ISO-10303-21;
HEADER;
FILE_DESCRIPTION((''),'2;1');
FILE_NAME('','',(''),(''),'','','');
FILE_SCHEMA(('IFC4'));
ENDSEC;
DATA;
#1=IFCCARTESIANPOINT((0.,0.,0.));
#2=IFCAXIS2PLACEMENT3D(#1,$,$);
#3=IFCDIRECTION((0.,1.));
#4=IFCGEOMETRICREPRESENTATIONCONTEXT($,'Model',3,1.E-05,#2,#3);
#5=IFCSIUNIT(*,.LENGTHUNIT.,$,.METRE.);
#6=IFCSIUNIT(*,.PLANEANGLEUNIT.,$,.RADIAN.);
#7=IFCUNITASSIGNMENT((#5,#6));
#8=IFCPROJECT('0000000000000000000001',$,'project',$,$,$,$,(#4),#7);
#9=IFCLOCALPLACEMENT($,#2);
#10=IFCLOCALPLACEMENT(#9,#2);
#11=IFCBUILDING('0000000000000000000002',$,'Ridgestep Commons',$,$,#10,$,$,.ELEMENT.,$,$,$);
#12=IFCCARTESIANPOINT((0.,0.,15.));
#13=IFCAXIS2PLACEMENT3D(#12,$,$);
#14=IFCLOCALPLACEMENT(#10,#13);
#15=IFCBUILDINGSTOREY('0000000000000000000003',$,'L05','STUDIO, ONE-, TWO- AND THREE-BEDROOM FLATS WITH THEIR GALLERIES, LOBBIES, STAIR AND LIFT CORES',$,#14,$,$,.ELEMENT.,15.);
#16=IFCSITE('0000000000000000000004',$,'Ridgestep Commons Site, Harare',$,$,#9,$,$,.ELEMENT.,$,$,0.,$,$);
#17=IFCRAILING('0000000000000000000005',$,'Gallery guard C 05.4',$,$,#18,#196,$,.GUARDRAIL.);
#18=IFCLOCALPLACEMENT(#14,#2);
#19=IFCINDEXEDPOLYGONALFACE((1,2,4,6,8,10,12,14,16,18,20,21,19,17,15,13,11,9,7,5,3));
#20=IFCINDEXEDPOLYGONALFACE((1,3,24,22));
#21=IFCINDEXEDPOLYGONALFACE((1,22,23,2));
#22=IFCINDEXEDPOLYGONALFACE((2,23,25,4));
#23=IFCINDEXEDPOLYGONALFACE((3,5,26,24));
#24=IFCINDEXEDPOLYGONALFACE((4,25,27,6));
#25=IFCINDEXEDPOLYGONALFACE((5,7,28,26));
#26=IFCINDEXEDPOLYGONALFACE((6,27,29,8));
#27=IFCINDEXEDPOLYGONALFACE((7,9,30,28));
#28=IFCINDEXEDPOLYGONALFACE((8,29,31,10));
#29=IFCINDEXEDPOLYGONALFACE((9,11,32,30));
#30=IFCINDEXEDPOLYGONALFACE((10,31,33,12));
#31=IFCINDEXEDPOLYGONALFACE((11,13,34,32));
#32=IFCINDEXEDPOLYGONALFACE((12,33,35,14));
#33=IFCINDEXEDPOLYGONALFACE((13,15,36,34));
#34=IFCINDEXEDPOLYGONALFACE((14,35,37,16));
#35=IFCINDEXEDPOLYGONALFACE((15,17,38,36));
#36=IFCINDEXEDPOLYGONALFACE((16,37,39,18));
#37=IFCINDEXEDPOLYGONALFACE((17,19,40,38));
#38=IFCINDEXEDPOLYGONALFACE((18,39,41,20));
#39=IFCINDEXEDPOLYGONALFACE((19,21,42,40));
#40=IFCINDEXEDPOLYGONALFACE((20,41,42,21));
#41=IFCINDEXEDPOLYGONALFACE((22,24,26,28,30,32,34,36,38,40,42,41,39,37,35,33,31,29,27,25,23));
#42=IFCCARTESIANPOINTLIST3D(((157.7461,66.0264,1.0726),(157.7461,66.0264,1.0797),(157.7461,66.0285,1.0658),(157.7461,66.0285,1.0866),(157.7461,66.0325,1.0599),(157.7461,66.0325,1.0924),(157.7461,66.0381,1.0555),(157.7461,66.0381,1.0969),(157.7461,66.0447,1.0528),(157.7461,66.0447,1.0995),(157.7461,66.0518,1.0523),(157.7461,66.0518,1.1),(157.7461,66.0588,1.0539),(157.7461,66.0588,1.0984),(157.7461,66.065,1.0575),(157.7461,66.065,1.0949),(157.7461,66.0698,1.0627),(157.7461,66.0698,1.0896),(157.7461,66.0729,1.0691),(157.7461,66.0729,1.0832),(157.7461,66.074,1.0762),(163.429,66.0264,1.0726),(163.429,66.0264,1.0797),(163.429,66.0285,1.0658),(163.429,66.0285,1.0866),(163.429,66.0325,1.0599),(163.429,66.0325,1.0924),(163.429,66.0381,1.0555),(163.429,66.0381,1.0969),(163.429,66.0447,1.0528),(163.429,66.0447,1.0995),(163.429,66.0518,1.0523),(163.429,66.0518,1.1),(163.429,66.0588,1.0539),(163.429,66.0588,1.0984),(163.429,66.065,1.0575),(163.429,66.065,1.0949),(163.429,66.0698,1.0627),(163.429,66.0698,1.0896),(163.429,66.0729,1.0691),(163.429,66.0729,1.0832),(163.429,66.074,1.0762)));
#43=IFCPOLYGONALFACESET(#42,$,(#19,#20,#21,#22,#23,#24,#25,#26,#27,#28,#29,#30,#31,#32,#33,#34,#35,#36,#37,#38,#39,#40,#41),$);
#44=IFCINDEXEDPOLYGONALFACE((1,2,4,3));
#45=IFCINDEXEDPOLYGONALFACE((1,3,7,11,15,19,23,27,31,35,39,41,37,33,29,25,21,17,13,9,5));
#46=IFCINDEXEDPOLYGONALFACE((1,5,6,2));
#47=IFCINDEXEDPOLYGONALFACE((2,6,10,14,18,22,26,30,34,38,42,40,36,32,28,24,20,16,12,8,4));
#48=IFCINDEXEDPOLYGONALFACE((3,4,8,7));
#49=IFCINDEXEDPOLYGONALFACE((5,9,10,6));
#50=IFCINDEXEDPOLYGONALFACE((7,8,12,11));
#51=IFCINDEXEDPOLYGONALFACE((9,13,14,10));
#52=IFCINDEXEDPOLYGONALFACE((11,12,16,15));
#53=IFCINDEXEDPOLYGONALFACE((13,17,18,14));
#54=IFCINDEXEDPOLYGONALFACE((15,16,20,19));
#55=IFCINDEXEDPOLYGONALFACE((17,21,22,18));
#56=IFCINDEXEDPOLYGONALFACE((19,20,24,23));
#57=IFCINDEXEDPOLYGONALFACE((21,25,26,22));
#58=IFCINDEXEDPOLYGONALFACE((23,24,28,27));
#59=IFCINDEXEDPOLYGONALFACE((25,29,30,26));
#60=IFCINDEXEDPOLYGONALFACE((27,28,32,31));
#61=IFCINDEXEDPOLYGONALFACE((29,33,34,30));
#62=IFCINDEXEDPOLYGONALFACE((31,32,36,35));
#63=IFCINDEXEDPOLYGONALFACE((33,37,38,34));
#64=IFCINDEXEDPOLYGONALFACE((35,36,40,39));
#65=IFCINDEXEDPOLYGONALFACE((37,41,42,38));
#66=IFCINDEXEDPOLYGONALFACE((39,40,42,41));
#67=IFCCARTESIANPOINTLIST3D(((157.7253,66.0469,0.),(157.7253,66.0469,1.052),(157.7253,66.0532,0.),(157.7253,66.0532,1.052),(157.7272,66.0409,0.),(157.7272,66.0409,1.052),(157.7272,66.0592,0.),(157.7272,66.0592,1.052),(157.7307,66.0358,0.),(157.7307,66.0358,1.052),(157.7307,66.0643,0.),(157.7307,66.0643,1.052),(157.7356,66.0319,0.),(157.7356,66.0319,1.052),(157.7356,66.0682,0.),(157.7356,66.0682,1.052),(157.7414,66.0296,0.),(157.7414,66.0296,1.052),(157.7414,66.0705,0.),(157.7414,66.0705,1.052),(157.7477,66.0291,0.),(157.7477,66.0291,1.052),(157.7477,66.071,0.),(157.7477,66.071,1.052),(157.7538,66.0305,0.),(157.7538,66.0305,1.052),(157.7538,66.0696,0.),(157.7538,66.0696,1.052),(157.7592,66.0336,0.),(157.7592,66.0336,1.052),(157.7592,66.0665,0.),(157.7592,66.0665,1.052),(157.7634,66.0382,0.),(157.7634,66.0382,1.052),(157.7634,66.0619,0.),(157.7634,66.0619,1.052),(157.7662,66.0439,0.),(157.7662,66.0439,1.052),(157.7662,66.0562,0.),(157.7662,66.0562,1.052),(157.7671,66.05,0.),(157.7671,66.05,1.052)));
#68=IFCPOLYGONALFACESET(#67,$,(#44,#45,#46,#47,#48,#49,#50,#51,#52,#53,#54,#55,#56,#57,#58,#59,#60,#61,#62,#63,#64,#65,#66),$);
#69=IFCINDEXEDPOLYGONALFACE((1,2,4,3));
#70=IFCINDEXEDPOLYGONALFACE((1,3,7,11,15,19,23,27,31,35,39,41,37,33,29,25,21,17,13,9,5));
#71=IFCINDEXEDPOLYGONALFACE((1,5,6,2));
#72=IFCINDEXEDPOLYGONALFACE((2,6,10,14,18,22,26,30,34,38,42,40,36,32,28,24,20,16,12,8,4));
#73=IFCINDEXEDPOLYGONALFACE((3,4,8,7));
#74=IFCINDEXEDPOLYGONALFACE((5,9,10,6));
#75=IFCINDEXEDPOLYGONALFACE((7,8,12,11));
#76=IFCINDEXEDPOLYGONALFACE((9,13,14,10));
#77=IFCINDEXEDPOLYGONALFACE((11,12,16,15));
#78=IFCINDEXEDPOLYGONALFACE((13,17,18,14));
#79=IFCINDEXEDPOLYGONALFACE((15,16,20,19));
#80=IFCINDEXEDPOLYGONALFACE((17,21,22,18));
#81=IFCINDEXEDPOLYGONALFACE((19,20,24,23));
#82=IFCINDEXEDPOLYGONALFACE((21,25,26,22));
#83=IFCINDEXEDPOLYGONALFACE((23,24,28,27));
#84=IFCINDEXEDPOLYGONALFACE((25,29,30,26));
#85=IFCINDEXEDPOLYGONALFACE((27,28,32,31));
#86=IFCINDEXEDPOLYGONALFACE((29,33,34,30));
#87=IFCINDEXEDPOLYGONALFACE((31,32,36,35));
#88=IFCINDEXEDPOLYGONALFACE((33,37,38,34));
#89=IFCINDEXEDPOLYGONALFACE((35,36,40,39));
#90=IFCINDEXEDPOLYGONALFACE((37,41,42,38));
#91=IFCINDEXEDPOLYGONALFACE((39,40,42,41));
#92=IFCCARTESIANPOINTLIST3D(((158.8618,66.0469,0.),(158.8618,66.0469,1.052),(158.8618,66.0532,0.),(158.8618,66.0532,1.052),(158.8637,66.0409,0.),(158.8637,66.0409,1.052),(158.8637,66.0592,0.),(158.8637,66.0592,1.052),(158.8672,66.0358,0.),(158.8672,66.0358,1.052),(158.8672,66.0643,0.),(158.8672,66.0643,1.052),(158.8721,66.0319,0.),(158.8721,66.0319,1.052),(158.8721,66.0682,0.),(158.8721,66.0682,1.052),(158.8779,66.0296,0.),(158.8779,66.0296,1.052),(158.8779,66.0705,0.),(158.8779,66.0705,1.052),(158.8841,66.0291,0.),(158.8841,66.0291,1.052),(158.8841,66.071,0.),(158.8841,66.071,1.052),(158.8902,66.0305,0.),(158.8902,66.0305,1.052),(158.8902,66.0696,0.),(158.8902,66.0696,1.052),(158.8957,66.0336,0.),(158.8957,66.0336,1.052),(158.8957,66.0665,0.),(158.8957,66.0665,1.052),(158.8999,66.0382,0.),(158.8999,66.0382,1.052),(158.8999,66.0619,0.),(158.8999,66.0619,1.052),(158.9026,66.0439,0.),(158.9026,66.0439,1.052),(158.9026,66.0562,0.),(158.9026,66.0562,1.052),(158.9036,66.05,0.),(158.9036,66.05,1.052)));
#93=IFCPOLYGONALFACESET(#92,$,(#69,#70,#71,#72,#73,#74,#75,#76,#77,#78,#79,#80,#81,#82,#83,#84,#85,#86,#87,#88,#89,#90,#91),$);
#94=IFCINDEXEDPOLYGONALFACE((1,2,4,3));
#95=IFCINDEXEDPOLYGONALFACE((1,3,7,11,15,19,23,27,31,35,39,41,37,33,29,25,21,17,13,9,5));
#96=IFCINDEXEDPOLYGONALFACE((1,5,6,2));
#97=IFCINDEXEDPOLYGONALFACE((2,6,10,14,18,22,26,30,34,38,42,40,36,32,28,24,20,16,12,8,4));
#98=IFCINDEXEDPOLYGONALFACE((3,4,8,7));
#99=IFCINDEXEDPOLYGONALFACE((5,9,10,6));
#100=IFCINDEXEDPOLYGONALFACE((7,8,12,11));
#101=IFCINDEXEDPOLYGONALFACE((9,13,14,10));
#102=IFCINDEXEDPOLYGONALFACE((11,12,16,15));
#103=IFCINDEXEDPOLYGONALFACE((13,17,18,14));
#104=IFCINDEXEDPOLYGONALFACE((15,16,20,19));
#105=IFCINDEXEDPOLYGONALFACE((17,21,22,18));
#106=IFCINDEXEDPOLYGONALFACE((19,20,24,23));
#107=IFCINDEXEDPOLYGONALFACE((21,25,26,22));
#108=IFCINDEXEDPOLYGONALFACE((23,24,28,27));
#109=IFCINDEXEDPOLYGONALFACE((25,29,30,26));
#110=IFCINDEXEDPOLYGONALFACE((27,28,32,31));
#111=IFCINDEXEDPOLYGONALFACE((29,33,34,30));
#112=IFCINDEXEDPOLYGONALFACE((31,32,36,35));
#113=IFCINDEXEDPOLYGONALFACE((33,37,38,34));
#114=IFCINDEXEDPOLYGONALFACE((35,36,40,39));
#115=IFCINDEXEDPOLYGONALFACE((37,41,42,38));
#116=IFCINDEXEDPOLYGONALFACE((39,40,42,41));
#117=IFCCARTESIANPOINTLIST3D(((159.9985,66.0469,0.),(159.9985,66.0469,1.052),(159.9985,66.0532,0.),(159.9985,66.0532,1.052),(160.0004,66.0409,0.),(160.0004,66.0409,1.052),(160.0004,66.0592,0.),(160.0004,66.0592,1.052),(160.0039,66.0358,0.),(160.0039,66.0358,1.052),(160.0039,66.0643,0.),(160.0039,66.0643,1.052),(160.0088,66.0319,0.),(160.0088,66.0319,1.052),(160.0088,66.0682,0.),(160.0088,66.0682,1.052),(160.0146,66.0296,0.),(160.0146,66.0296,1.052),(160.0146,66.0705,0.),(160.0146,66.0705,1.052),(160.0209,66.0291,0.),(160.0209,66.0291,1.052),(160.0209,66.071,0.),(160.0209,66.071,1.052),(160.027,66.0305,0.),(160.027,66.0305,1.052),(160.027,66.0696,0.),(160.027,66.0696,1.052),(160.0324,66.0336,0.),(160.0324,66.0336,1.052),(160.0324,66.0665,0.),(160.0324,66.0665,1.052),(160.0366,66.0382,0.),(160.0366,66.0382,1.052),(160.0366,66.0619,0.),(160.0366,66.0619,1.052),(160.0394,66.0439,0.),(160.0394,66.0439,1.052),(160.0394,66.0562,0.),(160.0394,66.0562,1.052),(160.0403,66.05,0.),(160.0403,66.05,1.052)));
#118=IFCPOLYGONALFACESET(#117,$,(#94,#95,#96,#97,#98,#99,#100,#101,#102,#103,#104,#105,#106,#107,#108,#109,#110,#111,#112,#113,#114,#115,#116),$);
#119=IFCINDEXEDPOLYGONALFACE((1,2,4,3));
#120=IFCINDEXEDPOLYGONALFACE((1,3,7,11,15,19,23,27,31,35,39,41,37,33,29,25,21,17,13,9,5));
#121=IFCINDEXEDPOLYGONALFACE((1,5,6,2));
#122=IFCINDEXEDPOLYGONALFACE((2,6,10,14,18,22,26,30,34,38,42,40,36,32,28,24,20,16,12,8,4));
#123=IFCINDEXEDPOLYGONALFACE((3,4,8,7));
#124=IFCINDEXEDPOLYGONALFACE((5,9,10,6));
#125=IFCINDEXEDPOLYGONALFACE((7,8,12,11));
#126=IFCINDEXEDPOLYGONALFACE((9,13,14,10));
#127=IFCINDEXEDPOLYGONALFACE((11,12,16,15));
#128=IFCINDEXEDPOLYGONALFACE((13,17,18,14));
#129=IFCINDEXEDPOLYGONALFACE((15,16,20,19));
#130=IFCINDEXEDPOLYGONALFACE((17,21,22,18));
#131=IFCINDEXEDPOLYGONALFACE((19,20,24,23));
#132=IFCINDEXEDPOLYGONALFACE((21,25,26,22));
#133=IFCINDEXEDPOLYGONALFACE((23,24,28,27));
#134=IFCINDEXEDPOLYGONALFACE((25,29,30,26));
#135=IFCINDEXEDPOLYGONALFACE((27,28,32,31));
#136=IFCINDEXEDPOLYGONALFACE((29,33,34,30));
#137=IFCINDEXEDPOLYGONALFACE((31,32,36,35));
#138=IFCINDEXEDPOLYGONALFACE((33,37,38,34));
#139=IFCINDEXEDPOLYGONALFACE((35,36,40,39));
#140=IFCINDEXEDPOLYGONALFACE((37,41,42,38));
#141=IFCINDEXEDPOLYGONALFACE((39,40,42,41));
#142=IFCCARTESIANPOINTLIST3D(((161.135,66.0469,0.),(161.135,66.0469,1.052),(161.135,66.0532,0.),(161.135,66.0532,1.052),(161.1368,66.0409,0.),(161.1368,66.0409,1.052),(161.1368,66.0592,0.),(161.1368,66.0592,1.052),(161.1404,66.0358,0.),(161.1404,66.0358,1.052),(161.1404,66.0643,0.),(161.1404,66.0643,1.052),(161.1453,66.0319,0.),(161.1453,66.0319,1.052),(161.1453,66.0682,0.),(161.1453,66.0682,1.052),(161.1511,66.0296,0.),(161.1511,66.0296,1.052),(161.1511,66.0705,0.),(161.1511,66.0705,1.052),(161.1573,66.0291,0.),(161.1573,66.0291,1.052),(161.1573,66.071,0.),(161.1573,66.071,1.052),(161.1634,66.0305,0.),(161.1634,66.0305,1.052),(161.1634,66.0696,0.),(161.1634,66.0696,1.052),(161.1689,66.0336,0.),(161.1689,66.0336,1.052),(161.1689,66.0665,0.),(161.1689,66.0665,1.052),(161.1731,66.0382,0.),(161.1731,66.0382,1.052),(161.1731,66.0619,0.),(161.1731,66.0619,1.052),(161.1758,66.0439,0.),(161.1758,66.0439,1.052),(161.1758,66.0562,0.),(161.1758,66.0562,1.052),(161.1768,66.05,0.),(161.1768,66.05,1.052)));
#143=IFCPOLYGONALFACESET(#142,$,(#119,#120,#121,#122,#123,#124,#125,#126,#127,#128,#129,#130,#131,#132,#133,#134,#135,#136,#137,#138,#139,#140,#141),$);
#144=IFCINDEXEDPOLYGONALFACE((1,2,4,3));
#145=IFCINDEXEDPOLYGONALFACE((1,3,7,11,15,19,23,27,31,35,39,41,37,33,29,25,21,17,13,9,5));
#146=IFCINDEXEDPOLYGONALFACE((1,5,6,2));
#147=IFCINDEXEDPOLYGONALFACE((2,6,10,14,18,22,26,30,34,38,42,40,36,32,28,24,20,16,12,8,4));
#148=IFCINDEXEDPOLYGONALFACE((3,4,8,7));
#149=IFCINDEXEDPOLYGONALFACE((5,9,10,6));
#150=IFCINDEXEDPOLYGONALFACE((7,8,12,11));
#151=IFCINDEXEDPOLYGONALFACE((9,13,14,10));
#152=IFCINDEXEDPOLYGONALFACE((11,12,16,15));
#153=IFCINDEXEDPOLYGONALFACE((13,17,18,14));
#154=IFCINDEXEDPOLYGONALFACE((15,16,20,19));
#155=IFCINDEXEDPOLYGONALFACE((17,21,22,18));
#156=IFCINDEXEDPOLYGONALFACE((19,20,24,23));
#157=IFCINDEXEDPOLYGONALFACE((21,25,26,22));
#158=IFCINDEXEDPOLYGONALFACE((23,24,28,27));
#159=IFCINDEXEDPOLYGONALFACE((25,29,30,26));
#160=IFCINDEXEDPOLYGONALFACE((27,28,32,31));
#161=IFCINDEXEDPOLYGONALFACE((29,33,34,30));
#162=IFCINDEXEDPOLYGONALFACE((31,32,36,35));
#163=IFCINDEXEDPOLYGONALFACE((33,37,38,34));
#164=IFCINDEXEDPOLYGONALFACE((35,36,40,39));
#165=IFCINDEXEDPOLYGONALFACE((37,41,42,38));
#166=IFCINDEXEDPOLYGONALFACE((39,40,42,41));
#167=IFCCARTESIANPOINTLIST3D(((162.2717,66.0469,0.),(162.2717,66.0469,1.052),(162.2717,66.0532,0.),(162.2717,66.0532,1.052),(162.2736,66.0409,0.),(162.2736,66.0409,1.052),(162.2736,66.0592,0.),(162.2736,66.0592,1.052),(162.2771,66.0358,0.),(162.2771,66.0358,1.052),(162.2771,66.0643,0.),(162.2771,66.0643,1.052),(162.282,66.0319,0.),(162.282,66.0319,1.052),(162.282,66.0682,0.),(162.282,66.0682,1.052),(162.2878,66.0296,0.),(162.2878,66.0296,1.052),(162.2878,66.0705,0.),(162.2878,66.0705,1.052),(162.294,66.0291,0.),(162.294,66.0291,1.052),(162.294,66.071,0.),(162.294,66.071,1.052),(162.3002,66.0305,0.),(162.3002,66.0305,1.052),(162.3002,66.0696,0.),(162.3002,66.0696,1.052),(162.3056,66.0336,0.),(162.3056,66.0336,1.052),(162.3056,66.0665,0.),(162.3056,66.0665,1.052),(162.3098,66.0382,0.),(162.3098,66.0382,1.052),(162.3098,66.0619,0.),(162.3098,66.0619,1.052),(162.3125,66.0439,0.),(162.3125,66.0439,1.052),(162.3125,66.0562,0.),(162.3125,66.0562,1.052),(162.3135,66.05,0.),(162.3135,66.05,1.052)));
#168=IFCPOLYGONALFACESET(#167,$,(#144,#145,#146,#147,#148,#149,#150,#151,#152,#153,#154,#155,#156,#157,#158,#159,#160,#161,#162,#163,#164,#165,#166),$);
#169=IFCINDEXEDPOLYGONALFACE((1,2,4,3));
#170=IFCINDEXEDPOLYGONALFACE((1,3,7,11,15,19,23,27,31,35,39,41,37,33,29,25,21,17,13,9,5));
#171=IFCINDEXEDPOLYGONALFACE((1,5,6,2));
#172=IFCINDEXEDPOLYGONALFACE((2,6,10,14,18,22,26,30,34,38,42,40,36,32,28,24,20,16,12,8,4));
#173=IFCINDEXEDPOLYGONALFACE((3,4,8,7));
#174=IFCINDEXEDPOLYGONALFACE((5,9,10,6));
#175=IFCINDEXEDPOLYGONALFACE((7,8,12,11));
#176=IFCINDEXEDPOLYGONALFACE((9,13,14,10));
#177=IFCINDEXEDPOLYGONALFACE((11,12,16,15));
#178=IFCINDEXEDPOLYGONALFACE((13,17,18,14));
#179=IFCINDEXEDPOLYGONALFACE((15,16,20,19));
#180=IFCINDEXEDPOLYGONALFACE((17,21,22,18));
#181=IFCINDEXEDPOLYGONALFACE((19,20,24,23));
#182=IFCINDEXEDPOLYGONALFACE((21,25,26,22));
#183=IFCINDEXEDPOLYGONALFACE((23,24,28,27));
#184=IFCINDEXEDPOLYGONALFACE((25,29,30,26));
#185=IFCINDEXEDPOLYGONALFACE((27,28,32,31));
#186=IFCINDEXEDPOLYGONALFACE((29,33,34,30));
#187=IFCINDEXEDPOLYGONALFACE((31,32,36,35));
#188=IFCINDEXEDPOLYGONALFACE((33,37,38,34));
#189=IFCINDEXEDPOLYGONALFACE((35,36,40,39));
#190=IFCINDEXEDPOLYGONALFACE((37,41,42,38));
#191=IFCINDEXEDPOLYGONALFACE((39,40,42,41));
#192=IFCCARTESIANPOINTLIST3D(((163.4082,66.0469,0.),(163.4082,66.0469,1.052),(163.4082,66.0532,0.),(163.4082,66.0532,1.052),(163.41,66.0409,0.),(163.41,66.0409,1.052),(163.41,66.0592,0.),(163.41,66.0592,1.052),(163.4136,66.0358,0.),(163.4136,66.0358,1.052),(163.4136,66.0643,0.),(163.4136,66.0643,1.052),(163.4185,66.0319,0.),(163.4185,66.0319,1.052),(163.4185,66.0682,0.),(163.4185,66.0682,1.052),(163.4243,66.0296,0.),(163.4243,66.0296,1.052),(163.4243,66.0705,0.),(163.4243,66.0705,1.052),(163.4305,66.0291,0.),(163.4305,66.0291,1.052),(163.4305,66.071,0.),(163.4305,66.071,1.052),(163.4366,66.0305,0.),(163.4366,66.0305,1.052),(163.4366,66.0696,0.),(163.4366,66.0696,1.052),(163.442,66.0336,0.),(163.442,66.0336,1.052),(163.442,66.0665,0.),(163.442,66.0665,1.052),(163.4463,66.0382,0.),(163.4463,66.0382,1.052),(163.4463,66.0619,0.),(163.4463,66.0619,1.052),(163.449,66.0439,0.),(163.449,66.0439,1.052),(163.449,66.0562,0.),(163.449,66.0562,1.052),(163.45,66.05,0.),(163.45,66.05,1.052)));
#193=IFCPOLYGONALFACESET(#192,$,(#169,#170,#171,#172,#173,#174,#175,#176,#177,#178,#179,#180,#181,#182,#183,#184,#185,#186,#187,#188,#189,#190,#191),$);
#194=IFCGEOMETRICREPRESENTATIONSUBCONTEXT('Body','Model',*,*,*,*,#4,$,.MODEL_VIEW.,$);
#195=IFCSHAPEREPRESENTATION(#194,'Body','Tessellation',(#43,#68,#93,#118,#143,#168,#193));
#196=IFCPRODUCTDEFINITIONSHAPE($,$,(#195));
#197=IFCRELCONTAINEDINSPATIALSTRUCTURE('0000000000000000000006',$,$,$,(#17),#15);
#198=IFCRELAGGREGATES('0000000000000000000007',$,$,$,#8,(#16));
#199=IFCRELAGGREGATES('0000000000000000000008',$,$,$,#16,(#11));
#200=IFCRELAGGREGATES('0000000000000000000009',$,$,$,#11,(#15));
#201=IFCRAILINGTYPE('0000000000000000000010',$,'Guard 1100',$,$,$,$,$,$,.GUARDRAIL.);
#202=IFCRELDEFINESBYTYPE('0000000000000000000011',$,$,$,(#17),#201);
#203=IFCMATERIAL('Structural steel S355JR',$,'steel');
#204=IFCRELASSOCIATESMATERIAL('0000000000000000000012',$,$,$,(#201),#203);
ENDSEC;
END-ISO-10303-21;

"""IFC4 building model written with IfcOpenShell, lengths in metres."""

from ifc_helpers import new_model, si_unit, direction, frame, origin, origin_2d, place, context, subcontext, project, spatial, circle, extrude, material, type_object, element, save


model = new_model("IFC4")

# Units and contexts
model_context = context("Model", 3, precision=1e-05, world=origin(), true_north=direction((0.0, 1.0)))
body_context = subcontext(model_context, "Body", "Model", "MODEL_VIEW")
ifc_project = project(units=[si_unit("LENGTHUNIT", "METRE"), si_unit("PLANEANGLEUNIT", "RADIAN")], contexts=[model_context])

# Site, building, storey
site_placement = place(None, origin())
site = spatial("IfcSite", under=ifc_project, at=site_placement, Name="Ridgestep Commons Site, Harare", CompositionType="ELEMENT", RefElevation=0.0)
building_placement = place(site_placement, origin())
building = spatial("IfcBuilding", under=site, at=building_placement, Name="Ridgestep Commons", CompositionType="ELEMENT")
storey_placement = place(building_placement, frame((0.0, 0.0, 15.0)))
storey = spatial("IfcBuildingStorey", under=building, at=storey_placement, Name="L05", Description="STUDIO, ONE-, TWO- AND THREE-BEDROOM FLATS WITH THEIR GALLERIES, LOBBIES, STAIR AND LIFT CORES", CompositionType="ELEMENT", Elevation=15.0)

# Railing
ifc_material_1 = material(Name="Structural steel S355JR", Category="steel")
railing_type_1 = type_object("IfcRailingType", Name="Guard 1100", PredefinedType="GUARDRAIL", material=ifc_material_1)
railing_1_placement = place(storey_placement, frame((157.7461, 66.05, 0.0)))
element("IfcRailing", 1, at=railing_1_placement, inside=storey, type_object=railing_type_1, Name="Gallery guard C 05.4", PredefinedType="GUARDRAIL", context=body_context, shape_type="SweptSolid", body=[
    extrude(circle(Radius=0.0239, at=origin_2d()), frame((0.0, 0.0, 1.0762), z_axis=(1.0, 0.0, 0.0), x_axis=(0.0, 1.0, 0.0)), (0.0, 0.0, 1.0), 5.6829),
    extrude(circle(Radius=0.021, at=origin_2d()), origin(), (0.0, 0.0, 1.0), 1.052),
    extrude(circle(Radius=0.021, at=origin_2d()), frame((1.1365, 0.0, 0.0)), (0.0, 0.0, 1.0), 1.052),
    extrude(circle(Radius=0.021, at=origin_2d()), frame((2.2732, 0.0, 0.0)), (0.0, 0.0, 1.0), 1.052),
    extrude(circle(Radius=0.021, at=origin_2d()), frame((3.4097, 0.0, 0.0)), (0.0, 0.0, 1.0), 1.052),
    extrude(circle(Radius=0.021, at=origin_2d()), frame((4.5464, 0.0, 0.0)), (0.0, 0.0, 1.0), 1.052),
    extrude(circle(Radius=0.021, at=origin_2d()), frame((5.6829, 0.0, 0.0)), (0.0, 0.0, 1.0), 1.052),
])

save(model, "model.ifc")
